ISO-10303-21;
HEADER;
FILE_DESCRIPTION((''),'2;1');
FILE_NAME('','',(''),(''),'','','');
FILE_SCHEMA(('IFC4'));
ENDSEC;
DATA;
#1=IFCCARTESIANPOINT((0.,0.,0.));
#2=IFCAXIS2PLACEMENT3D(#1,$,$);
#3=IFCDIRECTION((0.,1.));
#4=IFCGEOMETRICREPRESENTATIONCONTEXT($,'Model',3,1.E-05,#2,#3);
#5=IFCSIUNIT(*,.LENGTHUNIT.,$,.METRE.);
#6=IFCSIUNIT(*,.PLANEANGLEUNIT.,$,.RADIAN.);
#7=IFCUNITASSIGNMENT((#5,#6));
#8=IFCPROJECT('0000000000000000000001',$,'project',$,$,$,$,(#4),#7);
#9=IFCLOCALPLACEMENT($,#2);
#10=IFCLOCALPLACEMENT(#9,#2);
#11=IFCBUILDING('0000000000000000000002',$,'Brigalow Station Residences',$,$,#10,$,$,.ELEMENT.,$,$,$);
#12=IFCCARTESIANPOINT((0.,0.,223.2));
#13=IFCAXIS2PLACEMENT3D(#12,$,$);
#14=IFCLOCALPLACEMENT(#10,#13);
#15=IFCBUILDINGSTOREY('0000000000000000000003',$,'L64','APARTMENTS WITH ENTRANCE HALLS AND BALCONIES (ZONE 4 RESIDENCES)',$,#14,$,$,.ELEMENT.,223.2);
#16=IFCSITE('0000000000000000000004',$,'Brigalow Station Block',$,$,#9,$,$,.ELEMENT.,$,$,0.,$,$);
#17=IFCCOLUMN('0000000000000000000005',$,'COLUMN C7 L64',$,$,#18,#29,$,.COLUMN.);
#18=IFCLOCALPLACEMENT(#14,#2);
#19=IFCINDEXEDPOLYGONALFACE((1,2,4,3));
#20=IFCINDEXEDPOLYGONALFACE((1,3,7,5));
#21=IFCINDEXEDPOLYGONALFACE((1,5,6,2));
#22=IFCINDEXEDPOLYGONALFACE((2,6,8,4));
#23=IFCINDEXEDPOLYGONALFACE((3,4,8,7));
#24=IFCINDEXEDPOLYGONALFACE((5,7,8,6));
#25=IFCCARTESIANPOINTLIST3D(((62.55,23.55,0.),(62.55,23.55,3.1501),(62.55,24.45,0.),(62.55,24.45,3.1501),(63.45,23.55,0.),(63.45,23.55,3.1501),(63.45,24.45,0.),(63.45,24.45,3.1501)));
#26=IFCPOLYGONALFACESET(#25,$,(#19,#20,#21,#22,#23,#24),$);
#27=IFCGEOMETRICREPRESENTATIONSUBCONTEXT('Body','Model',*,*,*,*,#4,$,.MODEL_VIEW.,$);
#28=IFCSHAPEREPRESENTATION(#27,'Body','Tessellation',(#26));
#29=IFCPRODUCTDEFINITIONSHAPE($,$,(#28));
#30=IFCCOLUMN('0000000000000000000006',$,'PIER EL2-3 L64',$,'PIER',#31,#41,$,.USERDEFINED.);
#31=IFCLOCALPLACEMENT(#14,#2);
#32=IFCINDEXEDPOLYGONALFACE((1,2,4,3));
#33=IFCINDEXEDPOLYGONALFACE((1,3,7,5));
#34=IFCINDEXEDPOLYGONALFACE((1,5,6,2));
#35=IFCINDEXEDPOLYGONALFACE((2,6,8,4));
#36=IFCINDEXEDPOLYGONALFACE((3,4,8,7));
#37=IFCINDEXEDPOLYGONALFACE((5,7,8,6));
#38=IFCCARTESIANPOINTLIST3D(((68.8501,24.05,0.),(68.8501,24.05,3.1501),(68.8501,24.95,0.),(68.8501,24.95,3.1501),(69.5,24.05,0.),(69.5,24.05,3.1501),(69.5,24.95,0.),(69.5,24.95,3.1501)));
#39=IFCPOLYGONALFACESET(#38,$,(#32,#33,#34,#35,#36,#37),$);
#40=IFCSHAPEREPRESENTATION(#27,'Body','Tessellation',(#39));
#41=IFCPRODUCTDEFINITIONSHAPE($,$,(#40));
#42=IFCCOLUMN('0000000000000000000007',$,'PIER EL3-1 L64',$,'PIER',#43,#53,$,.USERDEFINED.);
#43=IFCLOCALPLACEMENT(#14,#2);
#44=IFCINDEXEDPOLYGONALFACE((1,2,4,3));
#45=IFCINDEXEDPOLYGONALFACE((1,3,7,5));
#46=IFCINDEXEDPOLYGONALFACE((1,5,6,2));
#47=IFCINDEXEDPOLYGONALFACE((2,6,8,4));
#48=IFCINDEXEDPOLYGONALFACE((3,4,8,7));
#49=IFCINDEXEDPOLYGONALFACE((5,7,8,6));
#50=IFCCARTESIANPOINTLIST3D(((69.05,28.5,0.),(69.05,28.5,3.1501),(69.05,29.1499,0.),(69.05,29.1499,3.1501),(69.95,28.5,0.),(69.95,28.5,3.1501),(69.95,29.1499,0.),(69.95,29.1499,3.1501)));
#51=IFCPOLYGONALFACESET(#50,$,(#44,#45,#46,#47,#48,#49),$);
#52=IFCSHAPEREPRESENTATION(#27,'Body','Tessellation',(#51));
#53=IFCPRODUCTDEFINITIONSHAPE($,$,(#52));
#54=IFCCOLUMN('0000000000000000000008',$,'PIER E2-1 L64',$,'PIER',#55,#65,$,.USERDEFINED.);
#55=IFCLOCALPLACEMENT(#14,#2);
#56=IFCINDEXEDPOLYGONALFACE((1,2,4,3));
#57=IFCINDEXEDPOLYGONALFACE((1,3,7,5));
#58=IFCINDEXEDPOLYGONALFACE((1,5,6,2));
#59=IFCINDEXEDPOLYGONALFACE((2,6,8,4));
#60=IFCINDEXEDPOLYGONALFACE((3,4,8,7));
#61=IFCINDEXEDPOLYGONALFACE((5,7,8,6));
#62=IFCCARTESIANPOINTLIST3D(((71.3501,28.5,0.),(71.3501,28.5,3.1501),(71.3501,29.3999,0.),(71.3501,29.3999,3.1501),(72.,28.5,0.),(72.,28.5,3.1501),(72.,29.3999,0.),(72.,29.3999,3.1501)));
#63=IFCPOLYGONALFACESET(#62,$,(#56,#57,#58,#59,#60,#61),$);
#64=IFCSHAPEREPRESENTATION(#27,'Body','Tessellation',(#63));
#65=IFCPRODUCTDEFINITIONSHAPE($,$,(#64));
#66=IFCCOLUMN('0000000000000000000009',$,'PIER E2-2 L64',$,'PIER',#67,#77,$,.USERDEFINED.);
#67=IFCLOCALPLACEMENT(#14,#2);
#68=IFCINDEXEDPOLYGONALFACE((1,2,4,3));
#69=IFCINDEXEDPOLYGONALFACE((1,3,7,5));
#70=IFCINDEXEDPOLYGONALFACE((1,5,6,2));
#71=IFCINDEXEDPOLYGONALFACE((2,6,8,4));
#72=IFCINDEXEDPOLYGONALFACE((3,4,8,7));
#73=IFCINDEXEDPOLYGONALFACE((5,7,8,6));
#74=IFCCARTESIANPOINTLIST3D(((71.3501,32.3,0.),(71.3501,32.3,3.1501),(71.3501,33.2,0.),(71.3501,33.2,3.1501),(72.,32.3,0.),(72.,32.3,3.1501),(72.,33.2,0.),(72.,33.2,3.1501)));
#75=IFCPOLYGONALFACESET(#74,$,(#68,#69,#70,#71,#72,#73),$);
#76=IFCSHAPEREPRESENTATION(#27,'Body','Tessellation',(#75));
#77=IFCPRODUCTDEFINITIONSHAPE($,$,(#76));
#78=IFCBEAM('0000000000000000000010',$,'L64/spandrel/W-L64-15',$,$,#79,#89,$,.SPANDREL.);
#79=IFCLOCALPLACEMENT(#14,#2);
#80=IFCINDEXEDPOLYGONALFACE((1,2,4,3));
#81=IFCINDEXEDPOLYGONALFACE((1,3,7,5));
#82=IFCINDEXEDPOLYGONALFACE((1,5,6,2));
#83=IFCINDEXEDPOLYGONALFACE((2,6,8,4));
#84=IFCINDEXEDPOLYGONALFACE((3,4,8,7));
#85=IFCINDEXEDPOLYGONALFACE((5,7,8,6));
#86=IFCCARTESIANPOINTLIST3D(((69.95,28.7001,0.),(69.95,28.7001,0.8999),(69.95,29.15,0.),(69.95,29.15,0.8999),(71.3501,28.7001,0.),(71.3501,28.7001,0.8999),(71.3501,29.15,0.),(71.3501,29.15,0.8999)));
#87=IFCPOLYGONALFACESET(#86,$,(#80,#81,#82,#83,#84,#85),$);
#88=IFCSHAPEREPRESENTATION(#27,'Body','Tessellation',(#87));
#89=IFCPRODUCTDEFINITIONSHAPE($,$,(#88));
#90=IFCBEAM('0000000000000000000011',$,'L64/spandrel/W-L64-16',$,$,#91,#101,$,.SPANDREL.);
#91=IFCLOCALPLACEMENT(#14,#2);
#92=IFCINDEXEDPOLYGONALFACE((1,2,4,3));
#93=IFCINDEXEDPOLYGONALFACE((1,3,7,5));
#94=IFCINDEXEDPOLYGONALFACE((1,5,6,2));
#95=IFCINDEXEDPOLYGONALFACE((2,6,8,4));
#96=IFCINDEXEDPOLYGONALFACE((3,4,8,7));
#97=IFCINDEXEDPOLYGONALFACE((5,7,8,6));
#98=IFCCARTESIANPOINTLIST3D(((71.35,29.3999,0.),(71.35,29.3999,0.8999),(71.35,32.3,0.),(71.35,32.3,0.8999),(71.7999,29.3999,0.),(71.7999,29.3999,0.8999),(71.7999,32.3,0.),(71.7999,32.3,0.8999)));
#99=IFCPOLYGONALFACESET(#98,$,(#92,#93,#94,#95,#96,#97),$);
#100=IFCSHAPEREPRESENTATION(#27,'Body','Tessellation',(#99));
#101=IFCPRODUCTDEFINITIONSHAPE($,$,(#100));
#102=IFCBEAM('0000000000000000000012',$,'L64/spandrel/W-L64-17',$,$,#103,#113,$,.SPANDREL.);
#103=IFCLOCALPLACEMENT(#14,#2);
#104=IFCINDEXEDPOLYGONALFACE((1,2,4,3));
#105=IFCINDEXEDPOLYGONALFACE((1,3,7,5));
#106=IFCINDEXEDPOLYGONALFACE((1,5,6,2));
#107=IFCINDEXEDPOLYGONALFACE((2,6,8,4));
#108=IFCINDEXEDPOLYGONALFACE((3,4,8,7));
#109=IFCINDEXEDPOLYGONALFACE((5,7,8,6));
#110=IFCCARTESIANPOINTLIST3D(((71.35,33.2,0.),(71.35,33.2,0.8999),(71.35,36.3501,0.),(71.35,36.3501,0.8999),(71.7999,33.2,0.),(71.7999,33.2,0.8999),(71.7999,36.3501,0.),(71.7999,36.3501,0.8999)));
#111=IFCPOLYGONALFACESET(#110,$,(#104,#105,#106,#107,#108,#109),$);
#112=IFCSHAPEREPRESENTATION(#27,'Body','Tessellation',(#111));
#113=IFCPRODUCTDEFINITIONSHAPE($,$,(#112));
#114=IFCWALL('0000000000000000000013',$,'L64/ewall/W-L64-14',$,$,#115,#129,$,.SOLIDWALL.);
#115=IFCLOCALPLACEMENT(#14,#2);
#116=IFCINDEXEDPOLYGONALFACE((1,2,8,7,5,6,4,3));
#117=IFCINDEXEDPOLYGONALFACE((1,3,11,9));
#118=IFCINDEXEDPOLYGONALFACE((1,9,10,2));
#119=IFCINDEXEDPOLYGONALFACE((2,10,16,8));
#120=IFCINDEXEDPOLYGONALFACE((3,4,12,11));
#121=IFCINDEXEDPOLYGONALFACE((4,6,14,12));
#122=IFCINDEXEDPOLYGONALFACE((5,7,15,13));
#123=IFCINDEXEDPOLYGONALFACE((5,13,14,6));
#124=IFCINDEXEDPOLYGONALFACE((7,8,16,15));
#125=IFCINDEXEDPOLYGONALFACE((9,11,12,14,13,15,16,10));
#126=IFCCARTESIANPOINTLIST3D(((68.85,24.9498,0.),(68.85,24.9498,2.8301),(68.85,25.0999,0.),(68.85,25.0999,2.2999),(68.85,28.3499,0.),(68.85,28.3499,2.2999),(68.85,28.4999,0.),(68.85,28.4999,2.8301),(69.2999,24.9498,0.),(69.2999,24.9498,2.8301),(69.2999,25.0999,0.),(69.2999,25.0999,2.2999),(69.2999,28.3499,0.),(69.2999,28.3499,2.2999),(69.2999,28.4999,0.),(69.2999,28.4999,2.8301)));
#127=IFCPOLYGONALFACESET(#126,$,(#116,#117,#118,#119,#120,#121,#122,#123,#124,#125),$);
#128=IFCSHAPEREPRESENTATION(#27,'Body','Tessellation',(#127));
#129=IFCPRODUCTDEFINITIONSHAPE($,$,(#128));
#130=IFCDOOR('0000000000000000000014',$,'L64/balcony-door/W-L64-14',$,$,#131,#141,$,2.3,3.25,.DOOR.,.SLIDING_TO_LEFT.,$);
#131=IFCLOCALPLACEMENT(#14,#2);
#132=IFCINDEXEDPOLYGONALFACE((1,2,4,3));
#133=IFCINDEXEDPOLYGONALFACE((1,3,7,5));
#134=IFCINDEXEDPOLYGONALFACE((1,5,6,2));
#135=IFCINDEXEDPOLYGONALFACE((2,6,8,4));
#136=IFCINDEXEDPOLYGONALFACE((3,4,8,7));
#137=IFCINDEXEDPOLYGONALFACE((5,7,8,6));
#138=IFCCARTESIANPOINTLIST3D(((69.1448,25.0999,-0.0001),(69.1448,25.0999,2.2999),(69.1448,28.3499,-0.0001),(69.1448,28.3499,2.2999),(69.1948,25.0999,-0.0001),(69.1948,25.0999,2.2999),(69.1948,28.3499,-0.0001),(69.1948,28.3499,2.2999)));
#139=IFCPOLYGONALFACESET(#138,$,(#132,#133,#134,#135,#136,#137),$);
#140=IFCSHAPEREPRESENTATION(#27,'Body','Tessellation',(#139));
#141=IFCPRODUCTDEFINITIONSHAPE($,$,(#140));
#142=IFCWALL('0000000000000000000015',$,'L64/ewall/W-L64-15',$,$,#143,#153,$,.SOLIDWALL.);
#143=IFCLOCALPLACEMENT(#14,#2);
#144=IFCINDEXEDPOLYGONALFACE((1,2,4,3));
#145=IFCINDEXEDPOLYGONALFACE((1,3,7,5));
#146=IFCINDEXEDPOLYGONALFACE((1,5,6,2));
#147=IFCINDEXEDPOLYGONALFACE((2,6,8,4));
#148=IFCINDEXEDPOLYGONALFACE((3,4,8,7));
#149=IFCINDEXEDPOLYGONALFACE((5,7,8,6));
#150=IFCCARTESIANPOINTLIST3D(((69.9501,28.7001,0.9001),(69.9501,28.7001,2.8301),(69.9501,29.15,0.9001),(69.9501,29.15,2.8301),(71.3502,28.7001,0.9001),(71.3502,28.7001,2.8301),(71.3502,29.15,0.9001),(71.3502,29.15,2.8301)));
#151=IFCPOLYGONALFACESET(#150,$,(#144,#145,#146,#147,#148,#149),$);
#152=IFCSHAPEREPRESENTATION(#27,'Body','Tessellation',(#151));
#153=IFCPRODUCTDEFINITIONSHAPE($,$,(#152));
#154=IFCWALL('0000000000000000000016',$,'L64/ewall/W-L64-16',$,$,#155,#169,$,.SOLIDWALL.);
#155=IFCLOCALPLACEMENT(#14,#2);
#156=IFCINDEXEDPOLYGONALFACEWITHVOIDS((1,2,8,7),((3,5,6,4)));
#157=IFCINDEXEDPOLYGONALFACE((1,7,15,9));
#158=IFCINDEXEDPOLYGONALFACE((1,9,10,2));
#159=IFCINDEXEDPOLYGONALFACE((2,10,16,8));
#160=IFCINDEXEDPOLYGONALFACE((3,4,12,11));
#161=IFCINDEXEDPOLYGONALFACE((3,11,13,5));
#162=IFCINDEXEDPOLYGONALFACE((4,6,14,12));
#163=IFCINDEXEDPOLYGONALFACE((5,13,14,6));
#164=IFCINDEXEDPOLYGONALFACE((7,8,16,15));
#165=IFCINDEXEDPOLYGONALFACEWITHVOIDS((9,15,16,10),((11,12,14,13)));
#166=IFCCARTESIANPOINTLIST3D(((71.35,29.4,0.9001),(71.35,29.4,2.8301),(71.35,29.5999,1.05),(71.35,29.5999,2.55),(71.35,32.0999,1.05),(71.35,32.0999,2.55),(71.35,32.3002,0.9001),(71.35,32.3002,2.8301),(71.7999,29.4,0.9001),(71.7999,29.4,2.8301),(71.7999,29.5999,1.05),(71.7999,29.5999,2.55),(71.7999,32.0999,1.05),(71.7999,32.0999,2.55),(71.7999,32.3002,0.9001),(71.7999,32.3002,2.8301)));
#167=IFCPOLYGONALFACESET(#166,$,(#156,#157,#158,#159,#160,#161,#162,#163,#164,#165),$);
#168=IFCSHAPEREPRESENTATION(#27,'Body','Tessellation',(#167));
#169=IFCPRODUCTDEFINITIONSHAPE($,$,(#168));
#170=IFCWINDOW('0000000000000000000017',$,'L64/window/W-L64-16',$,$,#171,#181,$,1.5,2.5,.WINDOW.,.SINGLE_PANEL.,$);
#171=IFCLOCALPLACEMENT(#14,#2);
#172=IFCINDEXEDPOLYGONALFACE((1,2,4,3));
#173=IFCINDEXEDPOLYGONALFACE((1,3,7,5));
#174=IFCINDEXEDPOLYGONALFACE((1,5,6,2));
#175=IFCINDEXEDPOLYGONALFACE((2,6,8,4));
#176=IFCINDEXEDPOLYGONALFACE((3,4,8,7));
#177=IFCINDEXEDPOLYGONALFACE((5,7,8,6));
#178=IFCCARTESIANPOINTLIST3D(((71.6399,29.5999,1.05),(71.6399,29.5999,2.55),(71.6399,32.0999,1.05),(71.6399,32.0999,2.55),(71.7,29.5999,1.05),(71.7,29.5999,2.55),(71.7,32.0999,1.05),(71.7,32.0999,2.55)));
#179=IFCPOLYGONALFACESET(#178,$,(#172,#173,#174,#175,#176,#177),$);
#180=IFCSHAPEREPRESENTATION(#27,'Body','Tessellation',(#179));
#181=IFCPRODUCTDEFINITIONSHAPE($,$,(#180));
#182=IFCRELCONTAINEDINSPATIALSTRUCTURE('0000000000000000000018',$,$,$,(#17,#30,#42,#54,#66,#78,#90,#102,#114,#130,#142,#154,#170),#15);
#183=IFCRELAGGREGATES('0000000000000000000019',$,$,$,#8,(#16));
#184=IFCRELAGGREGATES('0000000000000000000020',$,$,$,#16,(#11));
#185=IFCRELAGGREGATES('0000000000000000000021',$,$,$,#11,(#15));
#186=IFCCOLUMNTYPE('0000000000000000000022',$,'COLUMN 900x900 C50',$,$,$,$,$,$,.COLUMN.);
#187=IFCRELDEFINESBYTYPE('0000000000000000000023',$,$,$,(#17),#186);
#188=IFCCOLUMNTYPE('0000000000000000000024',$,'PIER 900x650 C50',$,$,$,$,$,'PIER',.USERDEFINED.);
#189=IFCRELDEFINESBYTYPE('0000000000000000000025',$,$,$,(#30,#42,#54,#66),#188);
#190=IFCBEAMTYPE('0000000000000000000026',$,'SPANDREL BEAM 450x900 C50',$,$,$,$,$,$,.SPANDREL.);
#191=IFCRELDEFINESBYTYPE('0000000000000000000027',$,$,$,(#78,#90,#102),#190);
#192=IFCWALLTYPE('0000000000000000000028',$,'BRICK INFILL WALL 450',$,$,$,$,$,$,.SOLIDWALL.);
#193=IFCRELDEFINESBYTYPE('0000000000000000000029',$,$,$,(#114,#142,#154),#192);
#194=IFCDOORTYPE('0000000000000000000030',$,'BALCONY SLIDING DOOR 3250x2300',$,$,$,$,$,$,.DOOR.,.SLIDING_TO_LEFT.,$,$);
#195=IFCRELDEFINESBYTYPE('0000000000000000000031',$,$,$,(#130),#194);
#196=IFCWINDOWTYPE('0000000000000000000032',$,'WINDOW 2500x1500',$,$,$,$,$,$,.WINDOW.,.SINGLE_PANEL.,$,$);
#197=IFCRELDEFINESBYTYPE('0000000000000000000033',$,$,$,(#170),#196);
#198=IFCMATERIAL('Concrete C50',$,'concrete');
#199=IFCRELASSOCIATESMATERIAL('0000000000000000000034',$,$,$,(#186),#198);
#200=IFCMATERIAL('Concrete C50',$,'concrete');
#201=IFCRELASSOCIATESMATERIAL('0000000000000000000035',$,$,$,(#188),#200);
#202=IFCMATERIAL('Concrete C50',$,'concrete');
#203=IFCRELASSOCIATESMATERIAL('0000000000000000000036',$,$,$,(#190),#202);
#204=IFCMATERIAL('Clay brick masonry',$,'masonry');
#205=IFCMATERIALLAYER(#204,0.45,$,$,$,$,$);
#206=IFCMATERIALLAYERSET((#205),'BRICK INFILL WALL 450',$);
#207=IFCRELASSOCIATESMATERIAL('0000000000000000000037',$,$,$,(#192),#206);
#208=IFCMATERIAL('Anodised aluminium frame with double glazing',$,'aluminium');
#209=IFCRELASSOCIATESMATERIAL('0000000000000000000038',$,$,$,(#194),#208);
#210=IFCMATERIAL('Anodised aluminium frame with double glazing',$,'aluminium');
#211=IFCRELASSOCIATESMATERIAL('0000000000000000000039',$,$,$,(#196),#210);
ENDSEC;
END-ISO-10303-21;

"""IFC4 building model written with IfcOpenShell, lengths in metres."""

from ifc_helpers import new_model, si_unit, direction, frame, frame_2d, origin, origin_2d, place, context, subcontext, project, spatial, rectangle, extrude, material, layer, layer_set, material_profile, profile_set, type_object, element, fill, save


model = new_model("IFC4")

# Units and contexts
model_context = context("Model", 3, precision=1e-05, world=origin(), true_north=direction((0.0, 1.0)))
body_context = subcontext(model_context, "Body", "Model", "MODEL_VIEW")
ifc_project = project(units=[si_unit("LENGTHUNIT", "METRE"), si_unit("PLANEANGLEUNIT", "RADIAN")], contexts=[model_context])

# Site, building, storey
site_placement = place(None, origin())
site = spatial("IfcSite", under=ifc_project, at=site_placement, Name="Brigalow Station Block", CompositionType="ELEMENT", RefElevation=0.0)
building_placement = place(site_placement, origin())
building = spatial("IfcBuilding", under=site, at=building_placement, Name="Brigalow Station Residences", CompositionType="ELEMENT")
storey_placement = place(building_placement, frame((0.0, 0.0, 223.2)))
storey = spatial("IfcBuildingStorey", under=building, at=storey_placement, Name="L64", Description="APARTMENTS WITH ENTRANCE HALLS AND BALCONIES (ZONE 4 RESIDENCES)", CompositionType="ELEMENT", Elevation=223.2)

# Columns
ifc_material_1 = material(Name="Concrete C50", Category="concrete")
ifc_material_profile_1 = material_profile(ifc_material_1, rectangle(XDim=0.8999, YDim=0.8999, at=origin_2d()), Name="RC900x900")
ifc_profile_set_1 = profile_set([ifc_material_profile_1], Name="Concrete C50")
column_type_1 = type_object("IfcColumnType", Name="COLUMN 900x900 C50", PredefinedType="COLUMN", material=ifc_profile_set_1)
column_placement = place(storey_placement, frame((63.0, 24.0, 0.0), z_axis=(0.0, 0.0, 1.0), x_axis=(1.0, 0.0, 0.0)))
element("IfcColumn", 1, at=column_placement, inside=storey, type_object=column_type_1, Name="COLUMN C7 L64", PredefinedType="COLUMN", context=body_context, shape_type="SweptSolid", body=[
    extrude(rectangle(XDim=0.8999, YDim=0.8999, at=origin_2d()), origin(), (0.0, 0.0, 1.0), 3.1501),
])
ifc_material_2 = material(Name="Concrete C50", Category="concrete")
ifc_material_profile_2 = material_profile(ifc_material_2, rectangle(XDim=0.8999, YDim=0.6499, at=origin_2d()), Name="RC900x650")
ifc_profile_set_2 = profile_set([ifc_material_profile_2], Name="Concrete C50")
column_type_2 = type_object("IfcColumnType", Name="PIER 900x650 C50", ElementType="PIER", PredefinedType="USERDEFINED", material=ifc_profile_set_2)
for number, where, z_axis, x_axis, name in (
    (2, (69.175, 24.5, 0.0), (0.0, 0.0, 1.0), (0.0, 1.0, 0.0), "PIER EL2-3 L64"),
    (3, (69.5, 28.825, 0.0), (0.0, 0.0, 1.0), (1.0, 0.0, 0.0), "PIER EL3-1 L64"),
    (4, (71.675, 28.95, 0.0), (0.0, 0.0, 1.0), (0.0, 1.0, 0.0), "PIER E2-1 L64"),
    (5, (71.675, 32.75, 0.0), (0.0, 0.0, 1.0), (0.0, 1.0, 0.0), "PIER E2-2 L64"),
):
    element("IfcColumn", number, at=place(storey_placement, frame(where, z_axis=z_axis, x_axis=x_axis)), inside=storey, type_object=column_type_2, Name=name, ObjectType="PIER", PredefinedType="USERDEFINED", context=body_context, shape_type="SweptSolid", body=[
        extrude(rectangle(XDim=0.8999, YDim=0.6499, at=origin_2d()), origin(), (0.0, 0.0, 1.0), 3.1501),
    ])

# Beams
ifc_material_3 = material(Name="Concrete C50", Category="concrete")
ifc_material_profile_3 = material_profile(ifc_material_3, rectangle(XDim=0.45, YDim=0.8999, at=origin_2d()), Name="RC450x900")
ifc_profile_set_3 = profile_set([ifc_material_profile_3], Name="Concrete C50")
beam_type = type_object("IfcBeamType", Name="SPANDREL BEAM 450x900 C50", PredefinedType="SPANDREL", material=ifc_profile_set_3)
beam_1_placement = place(storey_placement, frame((69.95, 28.925, 0.45), z_axis=(1.0, 0.0, 0.0), x_axis=(0.0, 1.0, 0.0)))
element("IfcBeam", 6, at=beam_1_placement, inside=storey, type_object=beam_type, Name="L64/spandrel/W-L64-15", PredefinedType="SPANDREL", context=body_context, shape_type="SweptSolid", body=[
    extrude(rectangle(XDim=0.45, YDim=0.8999, at=origin_2d()), origin(), (0.0, 0.0, 1.0), 1.4001),
])
beam_2_placement = place(storey_placement, frame((71.575, 29.3999, 0.45), z_axis=(0.0, 1.0, 0.0), x_axis=(-1.0, 0.0, 0.0)))
element("IfcBeam", 7, at=beam_2_placement, inside=storey, type_object=beam_type, Name="L64/spandrel/W-L64-16", PredefinedType="SPANDREL", context=body_context, shape_type="SweptSolid", body=[
    extrude(rectangle(XDim=0.45, YDim=0.8999, at=origin_2d()), origin(), (0.0, 0.0, 1.0), 2.9001),
])
beam_3_placement = place(storey_placement, frame((71.575, 33.2, 0.45), z_axis=(0.0, 1.0, 0.0), x_axis=(-1.0, 0.0, 0.0)))
element("IfcBeam", 8, at=beam_3_placement, inside=storey, type_object=beam_type, Name="L64/spandrel/W-L64-17", PredefinedType="SPANDREL", context=body_context, shape_type="SweptSolid", body=[
    extrude(rectangle(XDim=0.45, YDim=0.8999, at=origin_2d()), origin(), (0.0, 0.0, 1.0), 3.1501),
])

# Wall, opening, door
ifc_material_4 = material(Name="Clay brick masonry", Category="masonry")
ifc_layer_1 = layer(ifc_material_4, 0.45)
ifc_layer_set_1 = layer_set([ifc_layer_1], Name="BRICK INFILL WALL 450")
wall_type_1 = type_object("IfcWallType", Name="BRICK INFILL WALL 450", PredefinedType="SOLIDWALL", material=ifc_layer_set_1)
wall_1_placement = place(storey_placement, frame((69.075, 24.95, 0.0), z_axis=(0.0, 0.0, 1.0), x_axis=(0.0, 1.0, 0.0)))
wall_1 = element("IfcWall", 9, at=wall_1_placement, inside=storey, type_object=wall_type_1, Name="L64/ewall/W-L64-14", PredefinedType="SOLIDWALL", context=body_context, shape_type="SweptSolid", body=[
    extrude(rectangle(XDim=3.55, YDim=0.45, at=frame_2d((1.7749, 0.0))), origin(), (0.0, 0.0, 1.0), 2.8301),
])
opening_1_placement = place(wall_1_placement, frame((0.1499, 0.0, 0.0)))
opening_1 = element("IfcOpeningElement", 10, at=opening_1_placement, cuts=wall_1, PredefinedType="OPENING", context=body_context, shape_type="SweptSolid", body=[
    extrude(rectangle(XDim=3.25, YDim=2.3, at=frame_2d((1.625, 1.1499))), frame((0.0, 0.2349, 0.0), z_axis=(0.0, -1.0, 0.0), x_axis=(1.0, 0.0, 0.0)), (0.0, 0.0, 1.0), 0.47),
])
ifc_material_5 = material(Name="Anodised aluminium frame with double glazing", Category="aluminium")
door_type_1 = type_object("IfcDoorType", Name="BALCONY SLIDING DOOR 3250x2300", OperationType="SLIDING_TO_LEFT", PredefinedType="DOOR", material=ifc_material_5)
door_1_placement = place(opening_1_placement, origin())
door_1 = element("IfcDoor", 11, at=door_1_placement, inside=storey, type_object=door_type_1, Name="L64/balcony-door/W-L64-14", OperationType="SLIDING_TO_LEFT", OverallHeight=2.3, OverallWidth=3.25, PredefinedType="DOOR", context=body_context, shape_type="SweptSolid", body=[
    extrude(rectangle(XDim=3.25, YDim=2.3, at=frame_2d((1.625, 1.1499))), frame((0.0, -0.0698, 0.0), z_axis=(0.0, -1.0, 0.0), x_axis=(1.0, 0.0, 0.0)), (0.0, 0.0, 1.0), 0.05),
])
fill(opening_1, door_1)

# Wall
wall_2_placement = place(storey_placement, frame((69.95, 28.925, 0.9001), z_axis=(0.0, 0.0, 1.0), x_axis=(1.0, 0.0, 0.0)))
element("IfcWall", 12, at=wall_2_placement, inside=storey, type_object=wall_type_1, Name="L64/ewall/W-L64-15", PredefinedType="SOLIDWALL", context=body_context, shape_type="SweptSolid", body=[
    extrude(rectangle(XDim=1.4001, YDim=0.45, at=frame_2d((0.7002, 0.0))), origin(), (0.0, 0.0, 1.0), 1.9299),
])

# Wall, opening, window
wall_3_placement = place(storey_placement, frame((71.575, 29.3999, 0.9001), z_axis=(0.0, 0.0, 1.0), x_axis=(0.0, 1.0, 0.0)))
wall_3 = element("IfcWall", 13, at=wall_3_placement, inside=storey, type_object=wall_type_1, Name="L64/ewall/W-L64-16", PredefinedType="SOLIDWALL", context=body_context, shape_type="SweptSolid", body=[
    extrude(rectangle(XDim=2.9001, YDim=0.45, at=frame_2d((1.4502, 0.0))), origin(), (0.0, 0.0, 1.0), 1.9299),
])
opening_2_placement = place(wall_3_placement, frame((0.2, 0.0, 0.1499)))
opening_2 = element("IfcOpeningElement", 14, at=opening_2_placement, cuts=wall_3, PredefinedType="OPENING", context=body_context, shape_type="SweptSolid", body=[
    extrude(rectangle(XDim=2.5, YDim=1.5, at=frame_2d((1.25, 0.75))), frame((0.0, 0.2349, 0.0), z_axis=(0.0, -1.0, 0.0), x_axis=(1.0, 0.0, 0.0)), (0.0, 0.0, 1.0), 0.47),
])
ifc_material_6 = material(Name="Anodised aluminium frame with double glazing", Category="aluminium")
window_type = type_object("IfcWindowType", Name="WINDOW 2500x1500", PartitioningType="SINGLE_PANEL", PredefinedType="WINDOW", material=ifc_material_6)
window_placement = place(opening_2_placement, origin())
window = element("IfcWindow", 15, at=window_placement, inside=storey, type_object=window_type, Name="L64/window/W-L64-16", OverallHeight=1.5, OverallWidth=2.5, PartitioningType="SINGLE_PANEL", PredefinedType="WINDOW", context=body_context, shape_type="SweptSolid", body=[
    extrude(rectangle(XDim=2.5, YDim=1.5, at=frame_2d((1.25, 0.75))), frame((0.0, -0.0649, 0.0), z_axis=(0.0, -1.0, 0.0), x_axis=(1.0, 0.0, 0.0)), (0.0, 0.0, 1.0), 0.0601),
])
fill(opening_2, window)

save(model, "model.ifc")
